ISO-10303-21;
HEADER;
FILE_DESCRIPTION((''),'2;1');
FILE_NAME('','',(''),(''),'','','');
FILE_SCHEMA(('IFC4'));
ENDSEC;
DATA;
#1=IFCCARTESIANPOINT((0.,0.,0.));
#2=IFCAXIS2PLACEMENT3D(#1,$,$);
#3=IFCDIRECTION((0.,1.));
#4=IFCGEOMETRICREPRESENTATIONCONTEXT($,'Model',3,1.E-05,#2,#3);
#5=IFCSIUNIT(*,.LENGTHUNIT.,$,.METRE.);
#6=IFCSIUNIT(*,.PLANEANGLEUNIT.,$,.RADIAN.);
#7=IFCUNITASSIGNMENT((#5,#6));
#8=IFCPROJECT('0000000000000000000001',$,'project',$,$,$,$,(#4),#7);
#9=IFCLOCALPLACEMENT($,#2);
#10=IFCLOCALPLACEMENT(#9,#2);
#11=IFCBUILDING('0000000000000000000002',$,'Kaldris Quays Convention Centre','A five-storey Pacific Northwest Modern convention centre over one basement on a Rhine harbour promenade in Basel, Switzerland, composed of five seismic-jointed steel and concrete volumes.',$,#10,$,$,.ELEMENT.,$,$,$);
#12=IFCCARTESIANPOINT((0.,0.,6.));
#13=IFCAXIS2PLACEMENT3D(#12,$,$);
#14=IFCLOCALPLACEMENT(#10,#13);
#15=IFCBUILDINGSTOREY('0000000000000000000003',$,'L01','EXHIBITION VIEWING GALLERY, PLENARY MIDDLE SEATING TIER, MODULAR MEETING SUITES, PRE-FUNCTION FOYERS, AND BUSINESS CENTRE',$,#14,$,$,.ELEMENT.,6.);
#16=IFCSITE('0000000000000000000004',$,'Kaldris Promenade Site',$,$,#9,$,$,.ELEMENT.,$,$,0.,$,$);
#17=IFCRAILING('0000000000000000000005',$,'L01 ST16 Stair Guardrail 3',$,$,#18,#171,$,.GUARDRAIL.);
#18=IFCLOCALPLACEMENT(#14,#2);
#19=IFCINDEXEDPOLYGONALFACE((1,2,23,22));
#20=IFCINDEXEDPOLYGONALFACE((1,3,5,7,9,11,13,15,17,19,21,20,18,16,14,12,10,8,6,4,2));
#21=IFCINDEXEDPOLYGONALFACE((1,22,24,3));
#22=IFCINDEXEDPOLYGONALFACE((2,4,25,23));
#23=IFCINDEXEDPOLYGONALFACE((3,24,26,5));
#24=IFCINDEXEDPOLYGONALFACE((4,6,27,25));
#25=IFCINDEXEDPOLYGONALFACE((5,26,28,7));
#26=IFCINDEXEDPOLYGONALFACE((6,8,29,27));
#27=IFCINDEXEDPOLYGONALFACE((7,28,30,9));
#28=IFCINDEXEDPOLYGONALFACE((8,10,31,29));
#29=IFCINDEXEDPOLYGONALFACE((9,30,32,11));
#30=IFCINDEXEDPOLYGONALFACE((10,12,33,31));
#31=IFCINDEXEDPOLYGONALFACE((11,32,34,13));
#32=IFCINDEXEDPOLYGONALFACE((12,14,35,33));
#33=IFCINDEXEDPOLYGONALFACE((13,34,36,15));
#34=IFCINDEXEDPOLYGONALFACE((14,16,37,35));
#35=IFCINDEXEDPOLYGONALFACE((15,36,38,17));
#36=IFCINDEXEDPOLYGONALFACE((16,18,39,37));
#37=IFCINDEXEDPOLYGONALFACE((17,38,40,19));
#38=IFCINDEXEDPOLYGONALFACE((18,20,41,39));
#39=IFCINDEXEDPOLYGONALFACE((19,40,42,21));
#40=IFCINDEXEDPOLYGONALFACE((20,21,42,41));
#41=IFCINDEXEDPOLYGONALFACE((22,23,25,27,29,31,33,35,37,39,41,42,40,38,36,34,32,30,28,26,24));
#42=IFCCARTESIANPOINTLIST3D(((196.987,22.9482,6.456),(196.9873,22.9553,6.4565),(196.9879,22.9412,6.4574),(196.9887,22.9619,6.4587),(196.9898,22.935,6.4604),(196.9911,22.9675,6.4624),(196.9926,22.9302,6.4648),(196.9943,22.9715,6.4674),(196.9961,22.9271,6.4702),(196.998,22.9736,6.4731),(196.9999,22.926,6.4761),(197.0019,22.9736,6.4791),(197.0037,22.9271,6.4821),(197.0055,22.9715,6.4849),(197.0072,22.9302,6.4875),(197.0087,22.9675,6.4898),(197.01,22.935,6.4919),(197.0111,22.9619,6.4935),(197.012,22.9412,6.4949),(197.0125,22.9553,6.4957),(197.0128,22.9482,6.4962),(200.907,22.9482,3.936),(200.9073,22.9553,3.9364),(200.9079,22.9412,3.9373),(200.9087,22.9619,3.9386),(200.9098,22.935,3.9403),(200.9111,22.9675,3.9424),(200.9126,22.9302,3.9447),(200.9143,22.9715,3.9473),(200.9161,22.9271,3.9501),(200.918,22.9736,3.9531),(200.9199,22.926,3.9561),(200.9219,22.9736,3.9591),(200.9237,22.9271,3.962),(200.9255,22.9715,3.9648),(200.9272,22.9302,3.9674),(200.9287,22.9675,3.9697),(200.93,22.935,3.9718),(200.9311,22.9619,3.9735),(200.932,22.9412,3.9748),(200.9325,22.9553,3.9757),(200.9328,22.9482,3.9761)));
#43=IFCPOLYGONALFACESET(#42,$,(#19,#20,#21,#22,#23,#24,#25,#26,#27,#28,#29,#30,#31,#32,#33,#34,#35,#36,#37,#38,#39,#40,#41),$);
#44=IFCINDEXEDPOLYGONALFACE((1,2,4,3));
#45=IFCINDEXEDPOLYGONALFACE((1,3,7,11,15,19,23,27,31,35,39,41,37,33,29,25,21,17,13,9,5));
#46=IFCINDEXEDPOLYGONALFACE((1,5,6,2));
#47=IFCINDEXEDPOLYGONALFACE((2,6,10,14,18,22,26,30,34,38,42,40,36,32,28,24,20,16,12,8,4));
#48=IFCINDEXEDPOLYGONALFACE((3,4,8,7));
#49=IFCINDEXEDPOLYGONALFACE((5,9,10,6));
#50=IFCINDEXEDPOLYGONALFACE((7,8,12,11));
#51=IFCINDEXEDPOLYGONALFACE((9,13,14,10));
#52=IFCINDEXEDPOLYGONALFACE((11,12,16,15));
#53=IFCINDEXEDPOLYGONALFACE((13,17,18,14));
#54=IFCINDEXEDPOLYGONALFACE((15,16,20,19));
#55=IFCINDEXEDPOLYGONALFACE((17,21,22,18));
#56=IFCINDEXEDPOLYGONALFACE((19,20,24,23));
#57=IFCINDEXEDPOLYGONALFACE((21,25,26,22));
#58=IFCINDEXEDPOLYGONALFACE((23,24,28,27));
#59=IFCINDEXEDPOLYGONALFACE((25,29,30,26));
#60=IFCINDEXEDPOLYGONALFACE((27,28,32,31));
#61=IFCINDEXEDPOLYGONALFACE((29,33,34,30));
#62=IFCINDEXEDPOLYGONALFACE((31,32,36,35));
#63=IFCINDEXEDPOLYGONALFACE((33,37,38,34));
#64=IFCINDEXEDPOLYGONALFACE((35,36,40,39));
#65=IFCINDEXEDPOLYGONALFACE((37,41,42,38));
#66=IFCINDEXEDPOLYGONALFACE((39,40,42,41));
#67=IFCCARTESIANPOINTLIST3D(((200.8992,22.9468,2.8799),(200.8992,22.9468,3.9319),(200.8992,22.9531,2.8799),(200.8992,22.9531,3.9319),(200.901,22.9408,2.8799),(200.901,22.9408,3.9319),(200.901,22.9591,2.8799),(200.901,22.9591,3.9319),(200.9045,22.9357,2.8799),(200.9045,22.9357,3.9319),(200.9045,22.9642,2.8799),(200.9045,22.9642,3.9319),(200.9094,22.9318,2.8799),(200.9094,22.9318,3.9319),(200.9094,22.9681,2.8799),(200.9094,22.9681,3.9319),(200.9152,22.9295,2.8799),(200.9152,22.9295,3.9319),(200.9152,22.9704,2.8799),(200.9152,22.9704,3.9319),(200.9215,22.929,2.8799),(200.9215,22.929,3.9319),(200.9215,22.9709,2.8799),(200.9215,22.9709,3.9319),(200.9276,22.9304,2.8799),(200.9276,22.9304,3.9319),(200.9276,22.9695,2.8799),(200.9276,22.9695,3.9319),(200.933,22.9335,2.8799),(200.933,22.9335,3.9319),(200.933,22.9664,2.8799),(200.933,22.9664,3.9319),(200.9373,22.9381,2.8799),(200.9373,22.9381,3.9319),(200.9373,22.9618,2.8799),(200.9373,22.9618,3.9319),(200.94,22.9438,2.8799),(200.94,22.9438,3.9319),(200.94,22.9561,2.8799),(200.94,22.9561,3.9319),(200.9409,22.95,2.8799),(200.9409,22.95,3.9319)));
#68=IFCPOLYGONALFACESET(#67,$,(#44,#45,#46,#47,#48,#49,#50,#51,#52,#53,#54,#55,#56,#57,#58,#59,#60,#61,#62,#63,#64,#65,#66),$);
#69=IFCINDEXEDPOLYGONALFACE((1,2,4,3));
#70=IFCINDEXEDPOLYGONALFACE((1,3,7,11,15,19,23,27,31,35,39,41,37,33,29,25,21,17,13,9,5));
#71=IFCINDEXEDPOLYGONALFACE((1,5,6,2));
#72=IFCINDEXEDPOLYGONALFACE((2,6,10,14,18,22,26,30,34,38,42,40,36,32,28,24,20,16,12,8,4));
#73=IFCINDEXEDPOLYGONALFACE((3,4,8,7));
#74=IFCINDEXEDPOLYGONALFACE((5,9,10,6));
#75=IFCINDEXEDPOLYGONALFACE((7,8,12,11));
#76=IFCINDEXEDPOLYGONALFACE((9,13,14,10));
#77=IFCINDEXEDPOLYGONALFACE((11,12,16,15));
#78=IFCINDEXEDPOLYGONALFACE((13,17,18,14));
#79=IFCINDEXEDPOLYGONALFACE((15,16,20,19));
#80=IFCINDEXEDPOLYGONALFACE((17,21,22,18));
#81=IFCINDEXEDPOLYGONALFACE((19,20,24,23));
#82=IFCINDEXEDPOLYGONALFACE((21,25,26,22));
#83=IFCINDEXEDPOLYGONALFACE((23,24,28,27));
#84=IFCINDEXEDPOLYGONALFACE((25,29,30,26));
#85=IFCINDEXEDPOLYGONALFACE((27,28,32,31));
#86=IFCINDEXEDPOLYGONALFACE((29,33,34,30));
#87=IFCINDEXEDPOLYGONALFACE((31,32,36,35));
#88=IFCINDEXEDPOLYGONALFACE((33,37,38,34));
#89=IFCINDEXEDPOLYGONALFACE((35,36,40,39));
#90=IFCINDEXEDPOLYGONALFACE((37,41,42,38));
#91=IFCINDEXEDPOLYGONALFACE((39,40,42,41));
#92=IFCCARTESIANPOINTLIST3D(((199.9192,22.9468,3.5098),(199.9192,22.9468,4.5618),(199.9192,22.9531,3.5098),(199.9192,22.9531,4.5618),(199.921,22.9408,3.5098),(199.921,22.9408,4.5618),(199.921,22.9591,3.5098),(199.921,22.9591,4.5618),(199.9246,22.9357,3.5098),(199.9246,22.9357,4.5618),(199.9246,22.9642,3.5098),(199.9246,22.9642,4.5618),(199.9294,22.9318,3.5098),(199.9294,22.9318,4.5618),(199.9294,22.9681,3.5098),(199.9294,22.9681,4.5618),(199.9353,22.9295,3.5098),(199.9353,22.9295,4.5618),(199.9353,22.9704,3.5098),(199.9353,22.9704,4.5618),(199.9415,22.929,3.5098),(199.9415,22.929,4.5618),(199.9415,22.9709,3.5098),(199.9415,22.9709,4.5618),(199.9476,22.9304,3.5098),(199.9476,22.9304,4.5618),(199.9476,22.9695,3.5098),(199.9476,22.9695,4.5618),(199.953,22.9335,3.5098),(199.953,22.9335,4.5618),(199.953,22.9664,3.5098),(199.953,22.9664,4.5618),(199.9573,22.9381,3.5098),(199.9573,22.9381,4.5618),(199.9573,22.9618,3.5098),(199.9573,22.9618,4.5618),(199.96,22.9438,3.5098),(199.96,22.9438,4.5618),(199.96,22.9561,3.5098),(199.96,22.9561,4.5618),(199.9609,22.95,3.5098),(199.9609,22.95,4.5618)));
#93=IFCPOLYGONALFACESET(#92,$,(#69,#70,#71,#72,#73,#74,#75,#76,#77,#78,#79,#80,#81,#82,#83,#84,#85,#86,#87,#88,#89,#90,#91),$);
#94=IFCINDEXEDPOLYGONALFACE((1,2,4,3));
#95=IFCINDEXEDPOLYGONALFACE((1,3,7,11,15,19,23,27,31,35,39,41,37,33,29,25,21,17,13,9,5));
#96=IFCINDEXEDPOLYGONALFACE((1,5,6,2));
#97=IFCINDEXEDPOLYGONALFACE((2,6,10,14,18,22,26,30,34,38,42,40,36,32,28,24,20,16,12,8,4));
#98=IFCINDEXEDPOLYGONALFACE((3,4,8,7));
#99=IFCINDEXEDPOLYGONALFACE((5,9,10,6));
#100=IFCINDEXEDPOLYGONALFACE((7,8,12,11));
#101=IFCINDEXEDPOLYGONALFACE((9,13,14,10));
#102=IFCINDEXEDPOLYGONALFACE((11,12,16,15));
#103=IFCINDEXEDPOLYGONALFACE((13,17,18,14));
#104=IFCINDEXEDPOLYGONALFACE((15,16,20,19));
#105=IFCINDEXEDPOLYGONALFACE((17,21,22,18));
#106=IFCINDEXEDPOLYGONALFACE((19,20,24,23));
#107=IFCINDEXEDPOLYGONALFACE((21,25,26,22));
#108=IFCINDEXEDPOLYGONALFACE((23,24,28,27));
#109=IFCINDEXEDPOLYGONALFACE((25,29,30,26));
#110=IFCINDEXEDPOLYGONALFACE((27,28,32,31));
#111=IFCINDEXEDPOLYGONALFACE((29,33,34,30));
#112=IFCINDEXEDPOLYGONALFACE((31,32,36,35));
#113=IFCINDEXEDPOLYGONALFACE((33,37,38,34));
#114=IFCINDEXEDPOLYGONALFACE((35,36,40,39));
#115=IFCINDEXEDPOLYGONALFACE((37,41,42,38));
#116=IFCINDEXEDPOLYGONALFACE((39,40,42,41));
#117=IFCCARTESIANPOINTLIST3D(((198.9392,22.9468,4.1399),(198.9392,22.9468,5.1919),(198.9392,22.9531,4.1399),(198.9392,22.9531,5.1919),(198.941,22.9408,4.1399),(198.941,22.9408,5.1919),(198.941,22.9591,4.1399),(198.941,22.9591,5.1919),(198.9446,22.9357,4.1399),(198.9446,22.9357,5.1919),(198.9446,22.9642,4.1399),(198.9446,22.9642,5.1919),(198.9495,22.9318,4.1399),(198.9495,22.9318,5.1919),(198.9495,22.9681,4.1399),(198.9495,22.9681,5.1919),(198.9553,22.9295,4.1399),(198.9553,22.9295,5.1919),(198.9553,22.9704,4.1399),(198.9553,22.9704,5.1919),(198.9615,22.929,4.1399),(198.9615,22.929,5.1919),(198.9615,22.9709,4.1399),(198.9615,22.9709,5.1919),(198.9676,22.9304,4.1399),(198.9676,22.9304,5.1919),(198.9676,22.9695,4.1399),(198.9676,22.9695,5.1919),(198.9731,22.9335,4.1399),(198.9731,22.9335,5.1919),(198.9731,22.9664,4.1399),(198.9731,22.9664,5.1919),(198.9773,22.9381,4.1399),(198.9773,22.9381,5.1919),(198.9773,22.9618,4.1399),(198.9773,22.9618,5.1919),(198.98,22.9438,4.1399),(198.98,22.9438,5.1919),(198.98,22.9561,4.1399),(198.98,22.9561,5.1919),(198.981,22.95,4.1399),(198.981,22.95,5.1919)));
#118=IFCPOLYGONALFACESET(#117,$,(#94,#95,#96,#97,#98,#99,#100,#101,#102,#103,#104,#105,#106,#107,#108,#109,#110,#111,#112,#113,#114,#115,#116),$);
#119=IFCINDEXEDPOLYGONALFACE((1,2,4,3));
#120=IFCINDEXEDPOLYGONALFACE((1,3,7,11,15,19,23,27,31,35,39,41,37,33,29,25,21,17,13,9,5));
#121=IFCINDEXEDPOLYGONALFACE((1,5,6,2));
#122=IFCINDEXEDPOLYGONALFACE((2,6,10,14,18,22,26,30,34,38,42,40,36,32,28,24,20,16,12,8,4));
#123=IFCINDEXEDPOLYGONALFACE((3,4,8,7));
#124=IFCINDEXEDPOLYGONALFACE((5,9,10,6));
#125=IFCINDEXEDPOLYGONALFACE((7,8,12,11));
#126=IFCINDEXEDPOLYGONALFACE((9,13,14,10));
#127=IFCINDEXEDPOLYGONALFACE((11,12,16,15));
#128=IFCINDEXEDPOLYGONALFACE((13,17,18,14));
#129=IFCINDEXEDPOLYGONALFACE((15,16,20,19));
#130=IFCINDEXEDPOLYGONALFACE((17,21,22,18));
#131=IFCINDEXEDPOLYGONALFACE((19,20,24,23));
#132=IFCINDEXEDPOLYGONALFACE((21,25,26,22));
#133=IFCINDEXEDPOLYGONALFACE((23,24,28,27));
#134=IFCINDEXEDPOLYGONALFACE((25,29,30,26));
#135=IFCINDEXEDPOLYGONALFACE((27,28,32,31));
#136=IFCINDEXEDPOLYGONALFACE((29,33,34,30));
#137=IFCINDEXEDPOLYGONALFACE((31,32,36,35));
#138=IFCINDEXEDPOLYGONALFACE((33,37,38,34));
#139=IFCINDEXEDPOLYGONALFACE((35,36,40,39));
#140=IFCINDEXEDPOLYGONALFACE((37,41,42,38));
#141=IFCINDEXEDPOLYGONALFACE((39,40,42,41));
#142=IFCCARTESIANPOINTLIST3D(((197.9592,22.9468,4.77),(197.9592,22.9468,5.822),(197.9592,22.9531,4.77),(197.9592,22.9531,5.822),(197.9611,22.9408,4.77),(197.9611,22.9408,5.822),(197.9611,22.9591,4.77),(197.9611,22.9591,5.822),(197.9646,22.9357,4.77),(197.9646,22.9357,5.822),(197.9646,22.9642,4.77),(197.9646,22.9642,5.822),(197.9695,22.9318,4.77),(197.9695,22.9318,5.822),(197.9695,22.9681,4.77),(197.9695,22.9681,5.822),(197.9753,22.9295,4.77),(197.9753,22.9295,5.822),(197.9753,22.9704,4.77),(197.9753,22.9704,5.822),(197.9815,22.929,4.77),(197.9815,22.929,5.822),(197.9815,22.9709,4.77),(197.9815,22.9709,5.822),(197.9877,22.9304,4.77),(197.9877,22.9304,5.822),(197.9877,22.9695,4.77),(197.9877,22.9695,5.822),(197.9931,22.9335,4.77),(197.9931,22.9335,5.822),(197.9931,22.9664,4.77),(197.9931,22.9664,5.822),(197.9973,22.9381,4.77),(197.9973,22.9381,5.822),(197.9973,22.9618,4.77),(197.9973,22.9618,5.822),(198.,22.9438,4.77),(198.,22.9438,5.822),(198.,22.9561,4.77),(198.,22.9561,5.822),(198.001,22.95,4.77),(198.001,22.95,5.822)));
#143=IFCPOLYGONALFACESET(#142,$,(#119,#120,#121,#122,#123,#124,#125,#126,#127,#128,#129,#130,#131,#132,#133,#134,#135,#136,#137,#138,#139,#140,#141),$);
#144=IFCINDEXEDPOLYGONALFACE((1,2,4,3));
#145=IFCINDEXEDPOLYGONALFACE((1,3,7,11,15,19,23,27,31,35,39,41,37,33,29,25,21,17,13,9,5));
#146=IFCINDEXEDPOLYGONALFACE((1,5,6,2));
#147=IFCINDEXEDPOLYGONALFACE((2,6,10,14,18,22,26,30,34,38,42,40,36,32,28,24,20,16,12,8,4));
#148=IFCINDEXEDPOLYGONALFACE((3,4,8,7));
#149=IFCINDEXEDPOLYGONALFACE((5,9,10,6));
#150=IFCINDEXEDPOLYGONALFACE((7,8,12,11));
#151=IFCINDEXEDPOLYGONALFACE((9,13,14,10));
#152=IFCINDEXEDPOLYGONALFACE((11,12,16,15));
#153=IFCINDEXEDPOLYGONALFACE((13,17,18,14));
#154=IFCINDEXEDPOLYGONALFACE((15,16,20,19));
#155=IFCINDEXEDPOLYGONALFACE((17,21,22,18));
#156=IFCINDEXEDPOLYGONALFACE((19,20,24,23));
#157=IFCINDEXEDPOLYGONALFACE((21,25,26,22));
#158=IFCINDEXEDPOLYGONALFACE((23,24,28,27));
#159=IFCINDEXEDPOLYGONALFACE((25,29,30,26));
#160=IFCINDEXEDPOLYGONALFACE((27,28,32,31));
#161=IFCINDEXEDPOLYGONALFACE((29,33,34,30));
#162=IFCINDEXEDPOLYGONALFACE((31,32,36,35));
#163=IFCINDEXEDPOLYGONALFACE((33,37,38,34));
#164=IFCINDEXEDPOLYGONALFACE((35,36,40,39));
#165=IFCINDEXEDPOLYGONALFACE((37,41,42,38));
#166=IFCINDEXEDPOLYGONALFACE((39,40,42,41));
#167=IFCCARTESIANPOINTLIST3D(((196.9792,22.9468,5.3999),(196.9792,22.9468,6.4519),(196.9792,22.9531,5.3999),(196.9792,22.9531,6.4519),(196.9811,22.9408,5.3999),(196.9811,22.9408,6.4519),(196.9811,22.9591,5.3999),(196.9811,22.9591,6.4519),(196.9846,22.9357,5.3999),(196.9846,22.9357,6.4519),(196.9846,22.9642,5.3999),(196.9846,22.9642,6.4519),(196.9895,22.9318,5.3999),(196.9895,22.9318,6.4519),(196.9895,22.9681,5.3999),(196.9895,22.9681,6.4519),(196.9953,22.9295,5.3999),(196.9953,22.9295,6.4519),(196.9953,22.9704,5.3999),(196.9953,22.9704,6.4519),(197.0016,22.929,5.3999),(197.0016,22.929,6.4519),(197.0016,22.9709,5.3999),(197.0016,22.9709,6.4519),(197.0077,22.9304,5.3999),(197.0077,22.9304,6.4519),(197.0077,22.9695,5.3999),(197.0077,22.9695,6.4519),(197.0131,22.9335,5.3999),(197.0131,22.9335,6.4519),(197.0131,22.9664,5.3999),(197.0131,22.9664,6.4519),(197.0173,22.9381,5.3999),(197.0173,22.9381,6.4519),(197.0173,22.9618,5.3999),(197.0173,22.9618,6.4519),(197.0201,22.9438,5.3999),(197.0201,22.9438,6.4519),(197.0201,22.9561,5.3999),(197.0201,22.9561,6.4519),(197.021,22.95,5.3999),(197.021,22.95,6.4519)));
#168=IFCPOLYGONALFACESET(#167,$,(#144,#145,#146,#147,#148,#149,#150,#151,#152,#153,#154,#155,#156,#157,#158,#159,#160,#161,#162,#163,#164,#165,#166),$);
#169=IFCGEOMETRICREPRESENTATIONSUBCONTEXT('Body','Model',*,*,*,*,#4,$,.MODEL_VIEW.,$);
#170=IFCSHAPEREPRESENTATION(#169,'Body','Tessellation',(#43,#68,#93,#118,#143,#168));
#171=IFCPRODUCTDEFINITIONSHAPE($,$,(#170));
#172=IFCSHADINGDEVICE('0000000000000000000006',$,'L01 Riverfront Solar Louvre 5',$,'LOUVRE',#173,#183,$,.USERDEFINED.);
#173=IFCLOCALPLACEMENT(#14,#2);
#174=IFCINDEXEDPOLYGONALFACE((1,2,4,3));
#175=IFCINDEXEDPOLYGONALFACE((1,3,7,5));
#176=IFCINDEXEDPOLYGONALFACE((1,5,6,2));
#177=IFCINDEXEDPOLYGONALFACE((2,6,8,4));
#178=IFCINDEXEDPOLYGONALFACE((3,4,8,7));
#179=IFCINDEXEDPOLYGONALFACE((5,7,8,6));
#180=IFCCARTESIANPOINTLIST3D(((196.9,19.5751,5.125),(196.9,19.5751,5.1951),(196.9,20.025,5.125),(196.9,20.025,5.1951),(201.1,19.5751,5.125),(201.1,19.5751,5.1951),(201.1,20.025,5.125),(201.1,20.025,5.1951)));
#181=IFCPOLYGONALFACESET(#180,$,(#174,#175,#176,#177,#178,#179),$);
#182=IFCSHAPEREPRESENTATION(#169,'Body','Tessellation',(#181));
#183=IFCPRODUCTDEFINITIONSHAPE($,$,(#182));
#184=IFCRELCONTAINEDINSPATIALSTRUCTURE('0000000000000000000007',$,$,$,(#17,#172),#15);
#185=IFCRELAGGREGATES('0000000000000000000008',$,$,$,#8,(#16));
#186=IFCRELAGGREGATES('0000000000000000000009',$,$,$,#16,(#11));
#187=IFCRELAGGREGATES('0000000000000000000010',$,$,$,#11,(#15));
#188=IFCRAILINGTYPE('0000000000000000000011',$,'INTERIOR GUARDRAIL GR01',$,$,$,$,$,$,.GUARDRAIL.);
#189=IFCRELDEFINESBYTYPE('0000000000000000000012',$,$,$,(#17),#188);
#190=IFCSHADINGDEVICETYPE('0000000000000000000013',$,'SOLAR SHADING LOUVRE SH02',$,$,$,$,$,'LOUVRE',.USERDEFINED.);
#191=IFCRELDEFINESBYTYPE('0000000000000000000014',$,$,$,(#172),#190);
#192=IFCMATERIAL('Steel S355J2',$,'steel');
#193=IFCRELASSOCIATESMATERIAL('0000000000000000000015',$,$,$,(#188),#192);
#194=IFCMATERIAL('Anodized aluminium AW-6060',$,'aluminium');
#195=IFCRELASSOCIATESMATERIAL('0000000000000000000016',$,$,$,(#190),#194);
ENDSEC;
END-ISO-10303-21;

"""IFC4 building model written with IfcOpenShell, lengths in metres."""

from ifc_helpers import new_model, si_unit, direction, frame, origin, origin_2d, place, context, subcontext, project, spatial, rectangle, circle, extrude, material, type_object, element, save


model = new_model("IFC4")

# Units and contexts
model_context = context("Model", 3, precision=1e-05, world=origin(), true_north=direction((0.0, 1.0)))
body_context = subcontext(model_context, "Body", "Model", "MODEL_VIEW")
ifc_project = project(units=[si_unit("LENGTHUNIT", "METRE"), si_unit("PLANEANGLEUNIT", "RADIAN")], contexts=[model_context])

# Site, building, storey
site_placement = place(None, origin())
site = spatial("IfcSite", under=ifc_project, at=site_placement, Name="Kaldris Promenade Site", CompositionType="ELEMENT", RefElevation=0.0)
building_placement = place(site_placement, origin())
building = spatial("IfcBuilding", under=site, at=building_placement, Name="Kaldris Quays Convention Centre", Description="A five-storey Pacific Northwest Modern convention centre over one basement on a Rhine harbour promenade in Basel, Switzerland, composed of five seismic-jointed steel and concrete volumes.", CompositionType="ELEMENT")
storey_placement = place(building_placement, frame((0.0, 0.0, 6.0)))
storey = spatial("IfcBuildingStorey", under=building, at=storey_placement, Name="L01", Description="EXHIBITION VIEWING GALLERY, PLENARY MIDDLE SEATING TIER, MODULAR MEETING SUITES, PRE-FUNCTION FOYERS, AND BUSINESS CENTRE", CompositionType="ELEMENT", Elevation=6.0)

# Shared definitions
ifc_material_1 = material(Name="Anodized aluminium AW-6060", Category="aluminium")

# Railing
ifc_material_2 = material(Name="Steel S355J2", Category="steel")
railing_type_1 = type_object("IfcRailingType", Name="INTERIOR GUARDRAIL GR01", PredefinedType="GUARDRAIL", material=ifc_material_2)
railing_1_placement = place(storey_placement, frame((200.9199, 22.95, 2.8799)))
element("IfcRailing", 1, at=railing_1_placement, inside=storey, type_object=railing_type_1, Name="L01 ST16 Stair Guardrail 3", PredefinedType="GUARDRAIL", context=body_context, shape_type="SweptSolid", body=[
    extrude(circle(Radius=0.0239, at=origin_2d()), frame((0.0, 0.0, 1.0762), z_axis=(-0.841172, 0.0, 0.540768), x_axis=(0.0, -1.0, 0.0)), (0.0, 0.0, 1.0), 4.6602),
    extrude(circle(Radius=0.021, at=origin_2d()), origin(), (0.0, 0.0, 1.0), 1.052),
    extrude(circle(Radius=0.021, at=origin_2d()), frame((-0.98, 0.0, 0.6299)), (0.0, 0.0, 1.0), 1.052),
    extrude(circle(Radius=0.021, at=origin_2d()), frame((-1.96, 0.0, 1.26)), (0.0, 0.0, 1.0), 1.052),
    extrude(circle(Radius=0.021, at=origin_2d()), frame((-2.9399, 0.0, 1.8901)), (0.0, 0.0, 1.0), 1.052),
    extrude(circle(Radius=0.021, at=origin_2d()), frame((-3.9199, 0.0, 2.52)), (0.0, 0.0, 1.0), 1.052),
])

# Shading device
shading_device_type = type_object("IfcShadingDeviceType", Name="SOLAR SHADING LOUVRE SH02", ElementType="LOUVRE", PredefinedType="USERDEFINED", material=ifc_material_1)
shading_device_placement = place(storey_placement, frame((199.0, 19.8, 5.125), z_axis=(0.0, 0.0, 1.0), x_axis=(1.0, 0.0, 0.0)))
element("IfcShadingDevice", 2, at=shading_device_placement, inside=storey, type_object=shading_device_type, Name="L01 Riverfront Solar Louvre 5", ObjectType="LOUVRE", PredefinedType="USERDEFINED", context=body_context, shape_type="SweptSolid", body=[
    extrude(rectangle(XDim=4.2, YDim=0.45, at=origin_2d()), origin(), (0.0, 0.0, 1.0), 0.0701),
])

save(model, "model.ifc")
